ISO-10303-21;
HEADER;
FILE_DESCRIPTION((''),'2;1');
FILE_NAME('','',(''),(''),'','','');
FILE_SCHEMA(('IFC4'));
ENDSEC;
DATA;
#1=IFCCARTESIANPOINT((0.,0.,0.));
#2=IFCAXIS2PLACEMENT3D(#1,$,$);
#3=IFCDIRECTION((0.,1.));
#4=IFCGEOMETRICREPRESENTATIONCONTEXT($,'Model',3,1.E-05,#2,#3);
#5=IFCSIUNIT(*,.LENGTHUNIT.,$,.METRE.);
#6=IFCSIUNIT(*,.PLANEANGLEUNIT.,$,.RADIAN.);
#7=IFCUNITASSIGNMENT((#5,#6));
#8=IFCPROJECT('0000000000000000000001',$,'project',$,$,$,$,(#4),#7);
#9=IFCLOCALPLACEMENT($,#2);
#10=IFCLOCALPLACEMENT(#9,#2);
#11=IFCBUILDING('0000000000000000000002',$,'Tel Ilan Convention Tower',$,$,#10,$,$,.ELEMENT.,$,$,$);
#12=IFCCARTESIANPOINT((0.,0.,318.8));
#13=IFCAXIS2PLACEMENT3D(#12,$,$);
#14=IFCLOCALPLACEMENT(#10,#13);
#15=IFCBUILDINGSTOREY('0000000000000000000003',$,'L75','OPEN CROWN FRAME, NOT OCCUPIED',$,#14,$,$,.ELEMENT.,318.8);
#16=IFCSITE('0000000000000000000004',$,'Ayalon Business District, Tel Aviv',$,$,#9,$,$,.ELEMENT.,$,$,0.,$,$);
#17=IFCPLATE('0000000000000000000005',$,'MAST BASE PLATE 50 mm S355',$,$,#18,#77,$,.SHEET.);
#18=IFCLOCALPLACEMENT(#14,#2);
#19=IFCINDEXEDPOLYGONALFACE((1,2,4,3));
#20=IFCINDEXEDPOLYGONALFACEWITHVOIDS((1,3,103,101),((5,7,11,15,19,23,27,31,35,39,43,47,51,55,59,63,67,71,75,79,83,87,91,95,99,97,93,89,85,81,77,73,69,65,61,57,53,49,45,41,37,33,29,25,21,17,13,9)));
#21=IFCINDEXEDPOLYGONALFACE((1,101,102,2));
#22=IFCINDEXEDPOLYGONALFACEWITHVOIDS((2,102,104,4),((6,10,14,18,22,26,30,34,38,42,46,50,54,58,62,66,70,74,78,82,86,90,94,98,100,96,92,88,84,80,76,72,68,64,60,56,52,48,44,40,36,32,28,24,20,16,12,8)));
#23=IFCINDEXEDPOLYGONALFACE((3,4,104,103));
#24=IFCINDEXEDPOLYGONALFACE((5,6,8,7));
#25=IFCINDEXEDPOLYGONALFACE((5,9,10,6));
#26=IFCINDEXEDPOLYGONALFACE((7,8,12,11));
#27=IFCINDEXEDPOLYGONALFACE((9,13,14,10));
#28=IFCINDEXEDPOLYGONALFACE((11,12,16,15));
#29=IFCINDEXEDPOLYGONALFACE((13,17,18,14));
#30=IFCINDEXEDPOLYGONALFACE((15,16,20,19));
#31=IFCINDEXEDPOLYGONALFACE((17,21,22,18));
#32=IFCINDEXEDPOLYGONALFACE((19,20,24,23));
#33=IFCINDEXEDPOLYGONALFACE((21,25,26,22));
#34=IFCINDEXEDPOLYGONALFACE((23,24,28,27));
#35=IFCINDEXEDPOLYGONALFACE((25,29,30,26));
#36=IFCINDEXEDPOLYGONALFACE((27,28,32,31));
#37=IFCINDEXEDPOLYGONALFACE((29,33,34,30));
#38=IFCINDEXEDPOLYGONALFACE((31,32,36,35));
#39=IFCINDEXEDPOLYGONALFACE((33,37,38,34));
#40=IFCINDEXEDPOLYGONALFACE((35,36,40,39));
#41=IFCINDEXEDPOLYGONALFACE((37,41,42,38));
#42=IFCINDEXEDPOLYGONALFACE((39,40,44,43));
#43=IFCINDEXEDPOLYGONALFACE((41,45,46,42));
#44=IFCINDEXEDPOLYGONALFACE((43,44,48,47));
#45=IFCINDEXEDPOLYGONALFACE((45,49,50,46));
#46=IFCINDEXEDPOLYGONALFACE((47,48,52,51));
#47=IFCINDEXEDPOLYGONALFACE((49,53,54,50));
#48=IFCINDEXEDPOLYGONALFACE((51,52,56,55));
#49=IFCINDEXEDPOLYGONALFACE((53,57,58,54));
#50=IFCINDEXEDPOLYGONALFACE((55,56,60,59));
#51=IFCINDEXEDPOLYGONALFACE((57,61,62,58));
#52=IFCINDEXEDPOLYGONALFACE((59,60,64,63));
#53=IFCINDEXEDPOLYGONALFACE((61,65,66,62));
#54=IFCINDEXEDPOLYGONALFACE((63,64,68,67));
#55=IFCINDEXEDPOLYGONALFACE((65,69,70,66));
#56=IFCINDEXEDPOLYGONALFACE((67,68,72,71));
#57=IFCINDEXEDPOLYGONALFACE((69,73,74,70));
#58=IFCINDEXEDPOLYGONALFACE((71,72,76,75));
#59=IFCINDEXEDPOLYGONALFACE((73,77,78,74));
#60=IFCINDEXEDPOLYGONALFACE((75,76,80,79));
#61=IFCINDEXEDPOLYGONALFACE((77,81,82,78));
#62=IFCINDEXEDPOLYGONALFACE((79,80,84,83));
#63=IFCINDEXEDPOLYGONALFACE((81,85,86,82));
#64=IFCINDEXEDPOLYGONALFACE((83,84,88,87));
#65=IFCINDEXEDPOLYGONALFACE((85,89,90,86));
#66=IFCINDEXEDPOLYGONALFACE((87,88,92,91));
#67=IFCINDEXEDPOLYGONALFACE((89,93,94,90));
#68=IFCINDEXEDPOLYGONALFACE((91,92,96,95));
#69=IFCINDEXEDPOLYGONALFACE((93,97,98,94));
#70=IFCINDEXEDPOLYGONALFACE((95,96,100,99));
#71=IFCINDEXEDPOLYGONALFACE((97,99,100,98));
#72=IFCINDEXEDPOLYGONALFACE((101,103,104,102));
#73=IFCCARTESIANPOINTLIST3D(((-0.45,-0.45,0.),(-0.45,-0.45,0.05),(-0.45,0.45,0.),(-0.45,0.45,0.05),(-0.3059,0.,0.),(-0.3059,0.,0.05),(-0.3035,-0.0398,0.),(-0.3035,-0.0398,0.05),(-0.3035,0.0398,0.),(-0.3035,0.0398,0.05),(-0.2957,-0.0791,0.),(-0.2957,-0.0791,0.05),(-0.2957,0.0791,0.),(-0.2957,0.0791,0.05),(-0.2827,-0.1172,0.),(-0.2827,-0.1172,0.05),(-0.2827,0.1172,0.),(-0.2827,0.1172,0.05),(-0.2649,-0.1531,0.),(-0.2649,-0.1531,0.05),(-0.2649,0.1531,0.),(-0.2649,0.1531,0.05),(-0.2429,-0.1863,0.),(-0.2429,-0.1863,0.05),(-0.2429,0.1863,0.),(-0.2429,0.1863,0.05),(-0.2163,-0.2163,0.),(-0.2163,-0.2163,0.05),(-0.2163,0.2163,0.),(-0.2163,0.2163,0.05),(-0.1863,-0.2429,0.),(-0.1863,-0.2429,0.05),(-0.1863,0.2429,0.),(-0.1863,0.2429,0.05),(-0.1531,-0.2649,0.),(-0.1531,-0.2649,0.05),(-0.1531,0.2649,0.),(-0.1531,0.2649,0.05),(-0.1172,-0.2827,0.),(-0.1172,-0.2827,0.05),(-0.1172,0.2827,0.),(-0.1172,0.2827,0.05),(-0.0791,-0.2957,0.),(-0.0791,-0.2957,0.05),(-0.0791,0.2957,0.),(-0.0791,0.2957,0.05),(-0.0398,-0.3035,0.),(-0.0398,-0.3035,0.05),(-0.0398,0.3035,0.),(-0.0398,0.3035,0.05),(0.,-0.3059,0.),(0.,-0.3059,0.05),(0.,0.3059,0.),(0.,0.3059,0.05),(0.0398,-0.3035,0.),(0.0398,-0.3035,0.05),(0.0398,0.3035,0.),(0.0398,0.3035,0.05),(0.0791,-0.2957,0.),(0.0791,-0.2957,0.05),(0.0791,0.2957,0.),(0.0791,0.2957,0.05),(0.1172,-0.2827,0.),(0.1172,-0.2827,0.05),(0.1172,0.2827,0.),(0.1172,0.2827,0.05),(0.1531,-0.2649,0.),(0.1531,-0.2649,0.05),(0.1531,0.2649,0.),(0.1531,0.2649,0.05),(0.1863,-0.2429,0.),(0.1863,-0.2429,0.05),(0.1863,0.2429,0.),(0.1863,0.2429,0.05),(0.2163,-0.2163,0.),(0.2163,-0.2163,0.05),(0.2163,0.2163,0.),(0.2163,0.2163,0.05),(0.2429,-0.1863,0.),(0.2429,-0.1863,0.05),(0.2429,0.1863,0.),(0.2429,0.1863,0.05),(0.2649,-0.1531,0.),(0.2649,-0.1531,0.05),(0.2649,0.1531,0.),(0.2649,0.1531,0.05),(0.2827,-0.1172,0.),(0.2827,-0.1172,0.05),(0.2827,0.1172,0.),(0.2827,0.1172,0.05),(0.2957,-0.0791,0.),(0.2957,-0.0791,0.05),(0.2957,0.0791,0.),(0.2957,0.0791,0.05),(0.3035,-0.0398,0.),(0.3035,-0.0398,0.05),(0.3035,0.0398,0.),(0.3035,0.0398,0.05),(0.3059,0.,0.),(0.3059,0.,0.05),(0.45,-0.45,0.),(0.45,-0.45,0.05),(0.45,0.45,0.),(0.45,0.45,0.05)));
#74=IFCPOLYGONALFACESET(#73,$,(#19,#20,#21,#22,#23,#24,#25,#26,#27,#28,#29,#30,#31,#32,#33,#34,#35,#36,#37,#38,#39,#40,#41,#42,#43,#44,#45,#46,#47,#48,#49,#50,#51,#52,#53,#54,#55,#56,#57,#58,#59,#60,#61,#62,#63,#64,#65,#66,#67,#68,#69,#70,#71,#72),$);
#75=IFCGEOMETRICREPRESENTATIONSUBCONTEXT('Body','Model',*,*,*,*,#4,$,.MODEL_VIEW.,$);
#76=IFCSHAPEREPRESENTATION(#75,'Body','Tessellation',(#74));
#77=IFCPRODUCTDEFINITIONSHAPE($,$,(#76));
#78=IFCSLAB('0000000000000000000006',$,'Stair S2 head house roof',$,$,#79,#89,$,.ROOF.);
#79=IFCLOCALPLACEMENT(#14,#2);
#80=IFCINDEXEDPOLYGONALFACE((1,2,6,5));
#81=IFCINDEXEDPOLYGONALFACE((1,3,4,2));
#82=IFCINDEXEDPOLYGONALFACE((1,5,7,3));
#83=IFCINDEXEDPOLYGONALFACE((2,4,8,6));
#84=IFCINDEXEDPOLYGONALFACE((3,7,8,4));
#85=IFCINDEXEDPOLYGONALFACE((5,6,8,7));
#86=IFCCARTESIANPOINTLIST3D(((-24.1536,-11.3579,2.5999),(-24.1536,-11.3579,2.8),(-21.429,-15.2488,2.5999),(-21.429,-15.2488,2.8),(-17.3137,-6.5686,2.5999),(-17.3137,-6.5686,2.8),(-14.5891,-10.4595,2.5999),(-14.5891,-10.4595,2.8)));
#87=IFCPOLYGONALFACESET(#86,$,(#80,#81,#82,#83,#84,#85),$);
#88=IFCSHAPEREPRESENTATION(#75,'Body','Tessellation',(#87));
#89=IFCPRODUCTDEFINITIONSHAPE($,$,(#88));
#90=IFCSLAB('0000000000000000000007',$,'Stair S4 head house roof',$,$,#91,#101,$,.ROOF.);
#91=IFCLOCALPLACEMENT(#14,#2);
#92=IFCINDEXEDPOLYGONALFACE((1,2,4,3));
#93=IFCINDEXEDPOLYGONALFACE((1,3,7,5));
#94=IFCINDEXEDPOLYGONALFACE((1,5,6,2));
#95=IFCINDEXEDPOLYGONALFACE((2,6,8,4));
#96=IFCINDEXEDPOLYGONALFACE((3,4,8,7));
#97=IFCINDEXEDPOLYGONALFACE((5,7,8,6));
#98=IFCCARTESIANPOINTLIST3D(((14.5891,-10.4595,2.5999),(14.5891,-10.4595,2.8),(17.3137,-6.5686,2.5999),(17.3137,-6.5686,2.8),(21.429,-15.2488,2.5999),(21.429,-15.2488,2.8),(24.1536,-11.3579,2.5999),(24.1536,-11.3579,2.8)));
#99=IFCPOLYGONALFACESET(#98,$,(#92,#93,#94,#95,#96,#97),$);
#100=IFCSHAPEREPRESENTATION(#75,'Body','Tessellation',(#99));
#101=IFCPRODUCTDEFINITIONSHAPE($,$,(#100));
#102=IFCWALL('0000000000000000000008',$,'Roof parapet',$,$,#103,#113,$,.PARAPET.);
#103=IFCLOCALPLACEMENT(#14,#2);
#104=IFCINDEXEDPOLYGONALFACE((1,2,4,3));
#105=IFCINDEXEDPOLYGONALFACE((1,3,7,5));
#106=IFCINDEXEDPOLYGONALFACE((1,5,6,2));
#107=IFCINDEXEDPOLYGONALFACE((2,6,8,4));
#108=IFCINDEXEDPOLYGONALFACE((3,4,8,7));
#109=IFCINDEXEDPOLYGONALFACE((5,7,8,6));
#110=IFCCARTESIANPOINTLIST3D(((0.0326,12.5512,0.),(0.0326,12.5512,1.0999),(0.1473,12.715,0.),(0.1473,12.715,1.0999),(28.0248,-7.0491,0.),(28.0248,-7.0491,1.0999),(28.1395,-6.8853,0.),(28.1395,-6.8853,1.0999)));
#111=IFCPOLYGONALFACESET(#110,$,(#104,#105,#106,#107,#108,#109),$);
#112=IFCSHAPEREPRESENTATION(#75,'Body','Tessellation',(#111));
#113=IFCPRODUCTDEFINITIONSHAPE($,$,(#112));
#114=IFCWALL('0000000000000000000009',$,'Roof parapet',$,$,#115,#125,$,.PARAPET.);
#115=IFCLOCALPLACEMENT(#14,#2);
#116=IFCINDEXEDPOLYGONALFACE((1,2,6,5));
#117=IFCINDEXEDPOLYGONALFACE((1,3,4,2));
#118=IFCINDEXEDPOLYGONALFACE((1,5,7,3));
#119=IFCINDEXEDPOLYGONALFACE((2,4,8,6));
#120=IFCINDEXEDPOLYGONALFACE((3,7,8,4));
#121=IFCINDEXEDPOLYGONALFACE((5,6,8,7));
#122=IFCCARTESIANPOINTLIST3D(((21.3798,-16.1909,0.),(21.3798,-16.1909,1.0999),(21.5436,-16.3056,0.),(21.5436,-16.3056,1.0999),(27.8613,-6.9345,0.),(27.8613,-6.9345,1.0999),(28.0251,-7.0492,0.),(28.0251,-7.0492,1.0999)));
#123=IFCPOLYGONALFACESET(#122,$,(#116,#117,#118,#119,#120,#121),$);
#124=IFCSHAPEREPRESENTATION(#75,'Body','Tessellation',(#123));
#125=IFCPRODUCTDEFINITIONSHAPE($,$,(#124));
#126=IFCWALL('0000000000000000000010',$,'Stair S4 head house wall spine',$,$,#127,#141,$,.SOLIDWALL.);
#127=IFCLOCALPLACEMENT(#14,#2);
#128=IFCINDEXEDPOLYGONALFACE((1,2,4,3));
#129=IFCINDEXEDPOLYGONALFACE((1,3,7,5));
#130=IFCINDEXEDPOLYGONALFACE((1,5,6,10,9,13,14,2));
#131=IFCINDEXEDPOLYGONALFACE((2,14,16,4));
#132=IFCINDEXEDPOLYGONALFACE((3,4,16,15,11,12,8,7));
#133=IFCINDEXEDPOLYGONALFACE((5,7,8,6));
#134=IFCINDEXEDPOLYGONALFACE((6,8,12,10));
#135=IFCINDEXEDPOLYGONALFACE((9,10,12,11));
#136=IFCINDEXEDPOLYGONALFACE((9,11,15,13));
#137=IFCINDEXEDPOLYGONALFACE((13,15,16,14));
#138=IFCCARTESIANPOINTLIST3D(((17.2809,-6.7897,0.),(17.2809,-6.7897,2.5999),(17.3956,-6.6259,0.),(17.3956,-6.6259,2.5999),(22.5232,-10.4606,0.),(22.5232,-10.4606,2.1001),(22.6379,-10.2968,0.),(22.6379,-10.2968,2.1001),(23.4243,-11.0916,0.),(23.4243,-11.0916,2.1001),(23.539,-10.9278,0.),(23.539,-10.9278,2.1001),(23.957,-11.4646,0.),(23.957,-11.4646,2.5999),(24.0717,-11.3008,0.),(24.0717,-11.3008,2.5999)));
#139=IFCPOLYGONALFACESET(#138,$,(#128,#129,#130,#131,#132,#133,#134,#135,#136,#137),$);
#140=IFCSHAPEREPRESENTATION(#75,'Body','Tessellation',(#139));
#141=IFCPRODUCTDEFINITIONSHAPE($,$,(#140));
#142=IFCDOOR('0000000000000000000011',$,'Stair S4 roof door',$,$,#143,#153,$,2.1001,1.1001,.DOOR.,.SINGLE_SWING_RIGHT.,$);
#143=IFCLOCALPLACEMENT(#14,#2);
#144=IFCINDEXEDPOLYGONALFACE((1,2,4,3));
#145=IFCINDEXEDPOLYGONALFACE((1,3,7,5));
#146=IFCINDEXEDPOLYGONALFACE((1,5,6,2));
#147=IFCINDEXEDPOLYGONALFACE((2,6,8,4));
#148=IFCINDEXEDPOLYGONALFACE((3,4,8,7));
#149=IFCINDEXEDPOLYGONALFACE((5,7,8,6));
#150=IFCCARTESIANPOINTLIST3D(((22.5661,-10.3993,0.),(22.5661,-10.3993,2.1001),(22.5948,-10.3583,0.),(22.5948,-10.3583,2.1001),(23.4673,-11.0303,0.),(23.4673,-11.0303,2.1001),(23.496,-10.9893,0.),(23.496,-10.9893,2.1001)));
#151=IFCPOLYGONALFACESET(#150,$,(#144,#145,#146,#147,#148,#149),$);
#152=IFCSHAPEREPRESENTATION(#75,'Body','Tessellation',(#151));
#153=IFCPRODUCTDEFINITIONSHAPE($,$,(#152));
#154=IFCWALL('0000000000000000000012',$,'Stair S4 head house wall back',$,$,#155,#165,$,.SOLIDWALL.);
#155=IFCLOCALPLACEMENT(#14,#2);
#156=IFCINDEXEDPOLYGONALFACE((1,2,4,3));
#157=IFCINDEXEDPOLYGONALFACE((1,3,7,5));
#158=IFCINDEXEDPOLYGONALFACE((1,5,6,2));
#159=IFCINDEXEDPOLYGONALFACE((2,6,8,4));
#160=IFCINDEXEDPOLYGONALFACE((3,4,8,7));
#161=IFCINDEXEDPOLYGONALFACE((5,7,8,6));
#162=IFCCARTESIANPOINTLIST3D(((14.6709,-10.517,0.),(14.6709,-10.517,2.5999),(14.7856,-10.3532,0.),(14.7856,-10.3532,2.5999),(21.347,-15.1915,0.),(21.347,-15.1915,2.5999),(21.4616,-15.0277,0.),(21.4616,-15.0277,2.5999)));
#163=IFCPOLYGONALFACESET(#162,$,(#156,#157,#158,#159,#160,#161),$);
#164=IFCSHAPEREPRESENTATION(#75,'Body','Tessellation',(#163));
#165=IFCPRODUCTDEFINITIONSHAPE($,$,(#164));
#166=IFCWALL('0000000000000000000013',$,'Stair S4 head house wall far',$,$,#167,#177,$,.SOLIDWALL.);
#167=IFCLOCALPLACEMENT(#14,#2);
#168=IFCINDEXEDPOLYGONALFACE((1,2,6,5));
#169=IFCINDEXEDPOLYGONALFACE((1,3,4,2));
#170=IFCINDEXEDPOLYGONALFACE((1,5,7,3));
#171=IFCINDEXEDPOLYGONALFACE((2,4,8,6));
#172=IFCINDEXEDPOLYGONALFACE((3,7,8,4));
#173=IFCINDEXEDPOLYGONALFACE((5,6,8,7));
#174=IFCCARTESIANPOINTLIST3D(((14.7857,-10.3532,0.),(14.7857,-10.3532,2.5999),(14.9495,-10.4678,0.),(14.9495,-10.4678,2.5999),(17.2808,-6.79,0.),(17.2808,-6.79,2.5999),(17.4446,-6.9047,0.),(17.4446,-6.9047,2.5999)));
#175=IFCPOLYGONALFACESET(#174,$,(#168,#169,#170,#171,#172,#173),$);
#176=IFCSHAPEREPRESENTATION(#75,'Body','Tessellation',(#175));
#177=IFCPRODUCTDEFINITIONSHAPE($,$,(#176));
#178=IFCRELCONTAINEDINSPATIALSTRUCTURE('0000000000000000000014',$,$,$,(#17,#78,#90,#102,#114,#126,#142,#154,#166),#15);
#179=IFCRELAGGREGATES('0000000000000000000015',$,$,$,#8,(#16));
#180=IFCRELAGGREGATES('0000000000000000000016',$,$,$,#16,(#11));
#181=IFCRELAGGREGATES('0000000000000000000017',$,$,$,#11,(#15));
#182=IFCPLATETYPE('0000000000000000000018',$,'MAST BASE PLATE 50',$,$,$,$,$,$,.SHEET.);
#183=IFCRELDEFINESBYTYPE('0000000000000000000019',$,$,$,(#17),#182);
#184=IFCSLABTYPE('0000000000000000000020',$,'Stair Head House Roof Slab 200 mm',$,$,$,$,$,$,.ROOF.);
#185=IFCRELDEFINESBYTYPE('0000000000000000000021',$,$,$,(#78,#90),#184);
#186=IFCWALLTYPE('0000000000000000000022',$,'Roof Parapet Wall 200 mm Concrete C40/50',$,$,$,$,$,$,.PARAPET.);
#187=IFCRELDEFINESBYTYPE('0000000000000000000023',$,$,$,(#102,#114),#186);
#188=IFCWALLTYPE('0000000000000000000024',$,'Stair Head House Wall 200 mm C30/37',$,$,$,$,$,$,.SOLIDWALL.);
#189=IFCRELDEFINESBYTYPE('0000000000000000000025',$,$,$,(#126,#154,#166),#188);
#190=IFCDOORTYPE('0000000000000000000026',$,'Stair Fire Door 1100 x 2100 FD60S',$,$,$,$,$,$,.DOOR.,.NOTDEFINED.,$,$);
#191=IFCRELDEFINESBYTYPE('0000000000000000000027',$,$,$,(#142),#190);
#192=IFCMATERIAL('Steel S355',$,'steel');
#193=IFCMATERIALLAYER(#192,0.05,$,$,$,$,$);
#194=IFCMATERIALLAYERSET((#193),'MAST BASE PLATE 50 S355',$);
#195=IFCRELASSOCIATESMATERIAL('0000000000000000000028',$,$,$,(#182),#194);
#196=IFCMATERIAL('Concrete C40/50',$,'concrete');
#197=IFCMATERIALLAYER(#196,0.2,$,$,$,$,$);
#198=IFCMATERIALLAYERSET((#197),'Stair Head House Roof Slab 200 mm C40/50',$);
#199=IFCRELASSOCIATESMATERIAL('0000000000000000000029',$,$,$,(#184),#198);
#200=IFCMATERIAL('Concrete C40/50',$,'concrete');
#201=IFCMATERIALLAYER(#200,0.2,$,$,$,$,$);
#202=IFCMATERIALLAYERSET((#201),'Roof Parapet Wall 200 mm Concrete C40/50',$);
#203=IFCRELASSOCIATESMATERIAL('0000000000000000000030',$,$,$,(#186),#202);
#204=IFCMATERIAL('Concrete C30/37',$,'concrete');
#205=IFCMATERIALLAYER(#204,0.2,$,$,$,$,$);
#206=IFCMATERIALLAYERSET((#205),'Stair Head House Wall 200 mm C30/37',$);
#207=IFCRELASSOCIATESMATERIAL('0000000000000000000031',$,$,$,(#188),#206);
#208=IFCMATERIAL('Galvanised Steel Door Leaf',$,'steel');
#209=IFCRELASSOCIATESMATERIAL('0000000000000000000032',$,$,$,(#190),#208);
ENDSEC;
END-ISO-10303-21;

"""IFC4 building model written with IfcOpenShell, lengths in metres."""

from ifc_helpers import new_model, si_unit, direction, frame, frame_2d, origin, place, context, subcontext, project, spatial, polyline, rectangle, outline, extrude, material, layer, layer_set, type_object, element, fill, save


model = new_model("IFC4")

# Units and contexts
model_context = context("Model", 3, precision=1e-05, world=origin(), true_north=direction((0.0, 1.0)))
body_context = subcontext(model_context, "Body", "Model", "MODEL_VIEW")
ifc_project = project(units=[si_unit("LENGTHUNIT", "METRE"), si_unit("PLANEANGLEUNIT", "RADIAN")], contexts=[model_context])

# Site, building, storey
site_placement = place(None, origin())
site = spatial("IfcSite", under=ifc_project, at=site_placement, Name="Ayalon Business District, Tel Aviv", CompositionType="ELEMENT", RefElevation=0.0)
building_placement = place(site_placement, origin())
building = spatial("IfcBuilding", under=site, at=building_placement, Name="Tel Ilan Convention Tower", CompositionType="ELEMENT")
storey_placement = place(building_placement, frame((0.0, 0.0, 318.8)))
storey = spatial("IfcBuildingStorey", under=building, at=storey_placement, Name="L75", Description="OPEN CROWN FRAME, NOT OCCUPIED", CompositionType="ELEMENT", Elevation=318.8)

# Plate
ifc_material_1 = material(Name="Steel S355", Category="steel")
ifc_layer_1 = layer(ifc_material_1, 0.05)
ifc_layer_set_1 = layer_set([ifc_layer_1], Name="MAST BASE PLATE 50 S355")
plate_type = type_object("IfcPlateType", Name="MAST BASE PLATE 50", PredefinedType="SHEET", material=ifc_layer_set_1)
plate_placement = place(storey_placement, origin())
element("IfcPlate", 1, at=plate_placement, inside=storey, type_object=plate_type, Name="MAST BASE PLATE 50 mm S355", PredefinedType="SHEET", context=body_context, shape_type="SweptSolid", body=[
    extrude(outline(polyline([(-0.45, -0.45), (0.45, -0.45), (0.45, 0.45), (-0.45, 0.45), (-0.45, -0.45)]), holes=[polyline([(0.3035, -0.0398), (0.2957, -0.0791), (0.2827, -0.1172), (0.2649, -0.1531), (0.2429, -0.1863), (0.2163, -0.2163), (0.1863, -0.2429), (0.1531, -0.2649), (0.1172, -0.2827), (0.0791, -0.2957), (0.0398, -0.3035), (0.0, -0.3059), (-0.0398, -0.3035), (-0.0791, -0.2957), (-0.1172, -0.2827), (-0.1531, -0.2649), (-0.1863, -0.2429), (-0.2163, -0.2163), (-0.2429, -0.1863), (-0.2649, -0.1531), (-0.2827, -0.1172), (-0.2957, -0.0791), (-0.3035, -0.0398), (-0.3059, 0.0), (-0.3035, 0.0398), (-0.2957, 0.0791), (-0.2827, 0.1172), (-0.2649, 0.1531), (-0.2429, 0.1863), (-0.2163, 0.2163), (-0.1863, 0.2429), (-0.1531, 0.2649), (-0.1172, 0.2827), (-0.0791, 0.2957), (-0.0398, 0.3035), (0.0, 0.3059), (0.0398, 0.3035), (0.0791, 0.2957), (0.1172, 0.2827), (0.1531, 0.2649), (0.1863, 0.2429), (0.2163, 0.2163), (0.2429, 0.1863), (0.2649, 0.1531), (0.2827, 0.1172), (0.2957, 0.0791), (0.3035, 0.0398), (0.3059, 0.0), (0.3035, -0.0398)])]), origin(), (0.0, 0.0, 1.0), 0.05),
])

# Slabs
ifc_material_2 = material(Name="Concrete C40/50", Category="concrete")
ifc_layer_2 = layer(ifc_material_2, 0.2)
ifc_layer_set_2 = layer_set([ifc_layer_2], Name="Stair Head House Roof Slab 200 mm C40/50")
slab_type_1 = type_object("IfcSlabType", Name="Stair Head House Roof Slab 200 mm", PredefinedType="ROOF", material=ifc_layer_set_2)
slab_1_placement = place(storey_placement, frame((0.0, 0.0, 2.5999)))
element("IfcSlab", 2, at=slab_1_placement, inside=storey, type_object=slab_type_1, Name="Stair S2 head house roof", PredefinedType="ROOF", context=body_context, shape_type="SweptSolid", body=[
    extrude(outline(polyline([(-17.3137, -6.5686), (-24.1536, -11.3579), (-21.429, -15.2488), (-14.5891, -10.4595), (-17.3137, -6.5686)])), origin(), (0.0, 0.0, 1.0), 0.2002),
])
slab_2_placement = place(storey_placement, frame((0.0, 0.0, 2.5999)))
element("IfcSlab", 3, at=slab_2_placement, inside=storey, type_object=slab_type_1, Name="Stair S4 head house roof", PredefinedType="ROOF", context=body_context, shape_type="SweptSolid", body=[
    extrude(outline(polyline([(17.3137, -6.5686), (24.1536, -11.3579), (21.429, -15.2488), (14.5891, -10.4595), (17.3137, -6.5686)])), origin(), (0.0, 0.0, 1.0), 0.2002),
])

# Walls
ifc_material_3 = material(Name="Concrete C40/50", Category="concrete")
ifc_layer_3 = layer(ifc_material_3, 0.2)
ifc_layer_set_3 = layer_set([ifc_layer_3], Name="Roof Parapet Wall 200 mm Concrete C40/50")
wall_type_1 = type_object("IfcWallType", Name="Roof Parapet Wall 200 mm Concrete C40/50", PredefinedType="PARAPET", material=ifc_layer_set_3)
wall_1_placement = place(storey_placement, frame((0.0901, 12.6331, 0.0), z_axis=(0.0, 0.0, 1.0), x_axis=(0.819152, -0.573576, 0.0)))
element("IfcWall", 4, at=wall_1_placement, inside=storey, type_object=wall_type_1, Name="Roof parapet", PredefinedType="PARAPET", context=body_context, shape_type="SweptSolid", body=[
    extrude(rectangle(XDim=34.1721, YDim=0.2, at=frame_2d((17.0859, 0.0))), origin(), (0.0, 0.0, 1.0), 1.0999),
])
wall_2_placement = place(storey_placement, frame((27.9431, -6.9919, 0.0), z_axis=(0.0, 0.0, 1.0), x_axis=(-0.573581, -0.819149, 0.0)))
element("IfcWall", 5, at=wall_2_placement, inside=storey, type_object=wall_type_1, Name="Roof parapet", PredefinedType="PARAPET", context=body_context, shape_type="SweptSolid", body=[
    extrude(rectangle(XDim=11.3, YDim=0.2, at=frame_2d((5.6499, 0.0))), origin(), (0.0, 0.0, 1.0), 1.0999),
])

# Wall, opening, door
ifc_material_4 = material(Name="Concrete C30/37", Category="concrete")
ifc_layer_4 = layer(ifc_material_4, 0.2)
ifc_layer_set_4 = layer_set([ifc_layer_4], Name="Stair Head House Wall 200 mm C30/37")
wall_type_2 = type_object("IfcWallType", Name="Stair Head House Wall 200 mm C30/37", PredefinedType="SOLIDWALL", material=ifc_layer_set_4)
wall_3_placement = place(storey_placement, frame((17.3381, -6.7078, 0.0), z_axis=(0.0, 0.0, 1.0), x_axis=(0.81914, -0.573593, 0.0)))
wall_3 = element("IfcWall", 6, at=wall_3_placement, inside=storey, type_object=wall_type_2, Name="Stair S4 head house wall spine", PredefinedType="SOLIDWALL", context=body_context, shape_type="SweptSolid", body=[
    extrude(rectangle(XDim=8.1501, YDim=0.2, at=frame_2d((4.0752, 0.0))), origin(), (0.0, 0.0, 1.0), 2.5999),
])
opening_placement = place(wall_3_placement, frame((6.3999, 0.0, 0.0)))
opening = element("IfcOpeningElement", 7, at=opening_placement, cuts=wall_3, PredefinedType="OPENING", context=body_context, shape_type="SweptSolid", body=[
    extrude(rectangle(XDim=1.1001, YDim=2.1001, at=frame_2d((0.55, 1.05))), frame((0.0, 0.1099, 0.0), z_axis=(0.0, -1.0, 0.0), x_axis=(1.0, 0.0, 0.0)), (0.0, 0.0, 1.0), 0.22),
])
ifc_material_5 = material(Name="Galvanised Steel Door Leaf", Category="steel")
door_type = type_object("IfcDoorType", Name="Stair Fire Door 1100 x 2100 FD60S", OperationType="NOTDEFINED", PredefinedType="DOOR", material=ifc_material_5)
door_placement = place(opening_placement, origin())
door = element("IfcDoor", 8, at=door_placement, inside=storey, type_object=door_type, Name="Stair S4 roof door", OperationType="SINGLE_SWING_RIGHT", OverallHeight=2.1001, OverallWidth=1.1001, PredefinedType="DOOR", context=body_context, shape_type="SweptSolid", body=[
    extrude(rectangle(XDim=1.1001, YDim=2.1001, at=frame_2d((0.55, 1.05))), frame((0.0, 0.0249, 0.0), z_axis=(0.0, -1.0, 0.0), x_axis=(1.0, 0.0, 0.0)), (0.0, 0.0, 1.0), 0.05),
])
fill(opening, door)

# Walls
wall_4_placement = place(storey_placement, frame((14.7283, -10.4351, 0.0), z_axis=(0.0, 0.0, 1.0), x_axis=(0.819155, -0.573573, 0.0)))
element("IfcWall", 9, at=wall_4_placement, inside=storey, type_object=wall_type_2, Name="Stair S4 head house wall back", PredefinedType="SOLIDWALL", context=body_context, shape_type="SweptSolid", body=[
    extrude(rectangle(XDim=8.1499, YDim=0.2, at=frame_2d((4.075, 0.0))), origin(), (0.0, 0.0, 1.0), 2.5999),
])
wall_5_placement = place(storey_placement, frame((14.8677, -10.4104, 0.0), z_axis=(0.0, 0.0, 1.0), x_axis=(0.573594, 0.81914, 0.0)))
element("IfcWall", 10, at=wall_5_placement, inside=storey, type_object=wall_type_2, Name="Stair S4 head house wall far", PredefinedType="SOLIDWALL", context=body_context, shape_type="SweptSolid", body=[
    extrude(rectangle(XDim=4.3499, YDim=0.2, at=frame_2d((2.1748, 0.0))), origin(), (0.0, 0.0, 1.0), 2.5999),
])

save(model, "model.ifc")
